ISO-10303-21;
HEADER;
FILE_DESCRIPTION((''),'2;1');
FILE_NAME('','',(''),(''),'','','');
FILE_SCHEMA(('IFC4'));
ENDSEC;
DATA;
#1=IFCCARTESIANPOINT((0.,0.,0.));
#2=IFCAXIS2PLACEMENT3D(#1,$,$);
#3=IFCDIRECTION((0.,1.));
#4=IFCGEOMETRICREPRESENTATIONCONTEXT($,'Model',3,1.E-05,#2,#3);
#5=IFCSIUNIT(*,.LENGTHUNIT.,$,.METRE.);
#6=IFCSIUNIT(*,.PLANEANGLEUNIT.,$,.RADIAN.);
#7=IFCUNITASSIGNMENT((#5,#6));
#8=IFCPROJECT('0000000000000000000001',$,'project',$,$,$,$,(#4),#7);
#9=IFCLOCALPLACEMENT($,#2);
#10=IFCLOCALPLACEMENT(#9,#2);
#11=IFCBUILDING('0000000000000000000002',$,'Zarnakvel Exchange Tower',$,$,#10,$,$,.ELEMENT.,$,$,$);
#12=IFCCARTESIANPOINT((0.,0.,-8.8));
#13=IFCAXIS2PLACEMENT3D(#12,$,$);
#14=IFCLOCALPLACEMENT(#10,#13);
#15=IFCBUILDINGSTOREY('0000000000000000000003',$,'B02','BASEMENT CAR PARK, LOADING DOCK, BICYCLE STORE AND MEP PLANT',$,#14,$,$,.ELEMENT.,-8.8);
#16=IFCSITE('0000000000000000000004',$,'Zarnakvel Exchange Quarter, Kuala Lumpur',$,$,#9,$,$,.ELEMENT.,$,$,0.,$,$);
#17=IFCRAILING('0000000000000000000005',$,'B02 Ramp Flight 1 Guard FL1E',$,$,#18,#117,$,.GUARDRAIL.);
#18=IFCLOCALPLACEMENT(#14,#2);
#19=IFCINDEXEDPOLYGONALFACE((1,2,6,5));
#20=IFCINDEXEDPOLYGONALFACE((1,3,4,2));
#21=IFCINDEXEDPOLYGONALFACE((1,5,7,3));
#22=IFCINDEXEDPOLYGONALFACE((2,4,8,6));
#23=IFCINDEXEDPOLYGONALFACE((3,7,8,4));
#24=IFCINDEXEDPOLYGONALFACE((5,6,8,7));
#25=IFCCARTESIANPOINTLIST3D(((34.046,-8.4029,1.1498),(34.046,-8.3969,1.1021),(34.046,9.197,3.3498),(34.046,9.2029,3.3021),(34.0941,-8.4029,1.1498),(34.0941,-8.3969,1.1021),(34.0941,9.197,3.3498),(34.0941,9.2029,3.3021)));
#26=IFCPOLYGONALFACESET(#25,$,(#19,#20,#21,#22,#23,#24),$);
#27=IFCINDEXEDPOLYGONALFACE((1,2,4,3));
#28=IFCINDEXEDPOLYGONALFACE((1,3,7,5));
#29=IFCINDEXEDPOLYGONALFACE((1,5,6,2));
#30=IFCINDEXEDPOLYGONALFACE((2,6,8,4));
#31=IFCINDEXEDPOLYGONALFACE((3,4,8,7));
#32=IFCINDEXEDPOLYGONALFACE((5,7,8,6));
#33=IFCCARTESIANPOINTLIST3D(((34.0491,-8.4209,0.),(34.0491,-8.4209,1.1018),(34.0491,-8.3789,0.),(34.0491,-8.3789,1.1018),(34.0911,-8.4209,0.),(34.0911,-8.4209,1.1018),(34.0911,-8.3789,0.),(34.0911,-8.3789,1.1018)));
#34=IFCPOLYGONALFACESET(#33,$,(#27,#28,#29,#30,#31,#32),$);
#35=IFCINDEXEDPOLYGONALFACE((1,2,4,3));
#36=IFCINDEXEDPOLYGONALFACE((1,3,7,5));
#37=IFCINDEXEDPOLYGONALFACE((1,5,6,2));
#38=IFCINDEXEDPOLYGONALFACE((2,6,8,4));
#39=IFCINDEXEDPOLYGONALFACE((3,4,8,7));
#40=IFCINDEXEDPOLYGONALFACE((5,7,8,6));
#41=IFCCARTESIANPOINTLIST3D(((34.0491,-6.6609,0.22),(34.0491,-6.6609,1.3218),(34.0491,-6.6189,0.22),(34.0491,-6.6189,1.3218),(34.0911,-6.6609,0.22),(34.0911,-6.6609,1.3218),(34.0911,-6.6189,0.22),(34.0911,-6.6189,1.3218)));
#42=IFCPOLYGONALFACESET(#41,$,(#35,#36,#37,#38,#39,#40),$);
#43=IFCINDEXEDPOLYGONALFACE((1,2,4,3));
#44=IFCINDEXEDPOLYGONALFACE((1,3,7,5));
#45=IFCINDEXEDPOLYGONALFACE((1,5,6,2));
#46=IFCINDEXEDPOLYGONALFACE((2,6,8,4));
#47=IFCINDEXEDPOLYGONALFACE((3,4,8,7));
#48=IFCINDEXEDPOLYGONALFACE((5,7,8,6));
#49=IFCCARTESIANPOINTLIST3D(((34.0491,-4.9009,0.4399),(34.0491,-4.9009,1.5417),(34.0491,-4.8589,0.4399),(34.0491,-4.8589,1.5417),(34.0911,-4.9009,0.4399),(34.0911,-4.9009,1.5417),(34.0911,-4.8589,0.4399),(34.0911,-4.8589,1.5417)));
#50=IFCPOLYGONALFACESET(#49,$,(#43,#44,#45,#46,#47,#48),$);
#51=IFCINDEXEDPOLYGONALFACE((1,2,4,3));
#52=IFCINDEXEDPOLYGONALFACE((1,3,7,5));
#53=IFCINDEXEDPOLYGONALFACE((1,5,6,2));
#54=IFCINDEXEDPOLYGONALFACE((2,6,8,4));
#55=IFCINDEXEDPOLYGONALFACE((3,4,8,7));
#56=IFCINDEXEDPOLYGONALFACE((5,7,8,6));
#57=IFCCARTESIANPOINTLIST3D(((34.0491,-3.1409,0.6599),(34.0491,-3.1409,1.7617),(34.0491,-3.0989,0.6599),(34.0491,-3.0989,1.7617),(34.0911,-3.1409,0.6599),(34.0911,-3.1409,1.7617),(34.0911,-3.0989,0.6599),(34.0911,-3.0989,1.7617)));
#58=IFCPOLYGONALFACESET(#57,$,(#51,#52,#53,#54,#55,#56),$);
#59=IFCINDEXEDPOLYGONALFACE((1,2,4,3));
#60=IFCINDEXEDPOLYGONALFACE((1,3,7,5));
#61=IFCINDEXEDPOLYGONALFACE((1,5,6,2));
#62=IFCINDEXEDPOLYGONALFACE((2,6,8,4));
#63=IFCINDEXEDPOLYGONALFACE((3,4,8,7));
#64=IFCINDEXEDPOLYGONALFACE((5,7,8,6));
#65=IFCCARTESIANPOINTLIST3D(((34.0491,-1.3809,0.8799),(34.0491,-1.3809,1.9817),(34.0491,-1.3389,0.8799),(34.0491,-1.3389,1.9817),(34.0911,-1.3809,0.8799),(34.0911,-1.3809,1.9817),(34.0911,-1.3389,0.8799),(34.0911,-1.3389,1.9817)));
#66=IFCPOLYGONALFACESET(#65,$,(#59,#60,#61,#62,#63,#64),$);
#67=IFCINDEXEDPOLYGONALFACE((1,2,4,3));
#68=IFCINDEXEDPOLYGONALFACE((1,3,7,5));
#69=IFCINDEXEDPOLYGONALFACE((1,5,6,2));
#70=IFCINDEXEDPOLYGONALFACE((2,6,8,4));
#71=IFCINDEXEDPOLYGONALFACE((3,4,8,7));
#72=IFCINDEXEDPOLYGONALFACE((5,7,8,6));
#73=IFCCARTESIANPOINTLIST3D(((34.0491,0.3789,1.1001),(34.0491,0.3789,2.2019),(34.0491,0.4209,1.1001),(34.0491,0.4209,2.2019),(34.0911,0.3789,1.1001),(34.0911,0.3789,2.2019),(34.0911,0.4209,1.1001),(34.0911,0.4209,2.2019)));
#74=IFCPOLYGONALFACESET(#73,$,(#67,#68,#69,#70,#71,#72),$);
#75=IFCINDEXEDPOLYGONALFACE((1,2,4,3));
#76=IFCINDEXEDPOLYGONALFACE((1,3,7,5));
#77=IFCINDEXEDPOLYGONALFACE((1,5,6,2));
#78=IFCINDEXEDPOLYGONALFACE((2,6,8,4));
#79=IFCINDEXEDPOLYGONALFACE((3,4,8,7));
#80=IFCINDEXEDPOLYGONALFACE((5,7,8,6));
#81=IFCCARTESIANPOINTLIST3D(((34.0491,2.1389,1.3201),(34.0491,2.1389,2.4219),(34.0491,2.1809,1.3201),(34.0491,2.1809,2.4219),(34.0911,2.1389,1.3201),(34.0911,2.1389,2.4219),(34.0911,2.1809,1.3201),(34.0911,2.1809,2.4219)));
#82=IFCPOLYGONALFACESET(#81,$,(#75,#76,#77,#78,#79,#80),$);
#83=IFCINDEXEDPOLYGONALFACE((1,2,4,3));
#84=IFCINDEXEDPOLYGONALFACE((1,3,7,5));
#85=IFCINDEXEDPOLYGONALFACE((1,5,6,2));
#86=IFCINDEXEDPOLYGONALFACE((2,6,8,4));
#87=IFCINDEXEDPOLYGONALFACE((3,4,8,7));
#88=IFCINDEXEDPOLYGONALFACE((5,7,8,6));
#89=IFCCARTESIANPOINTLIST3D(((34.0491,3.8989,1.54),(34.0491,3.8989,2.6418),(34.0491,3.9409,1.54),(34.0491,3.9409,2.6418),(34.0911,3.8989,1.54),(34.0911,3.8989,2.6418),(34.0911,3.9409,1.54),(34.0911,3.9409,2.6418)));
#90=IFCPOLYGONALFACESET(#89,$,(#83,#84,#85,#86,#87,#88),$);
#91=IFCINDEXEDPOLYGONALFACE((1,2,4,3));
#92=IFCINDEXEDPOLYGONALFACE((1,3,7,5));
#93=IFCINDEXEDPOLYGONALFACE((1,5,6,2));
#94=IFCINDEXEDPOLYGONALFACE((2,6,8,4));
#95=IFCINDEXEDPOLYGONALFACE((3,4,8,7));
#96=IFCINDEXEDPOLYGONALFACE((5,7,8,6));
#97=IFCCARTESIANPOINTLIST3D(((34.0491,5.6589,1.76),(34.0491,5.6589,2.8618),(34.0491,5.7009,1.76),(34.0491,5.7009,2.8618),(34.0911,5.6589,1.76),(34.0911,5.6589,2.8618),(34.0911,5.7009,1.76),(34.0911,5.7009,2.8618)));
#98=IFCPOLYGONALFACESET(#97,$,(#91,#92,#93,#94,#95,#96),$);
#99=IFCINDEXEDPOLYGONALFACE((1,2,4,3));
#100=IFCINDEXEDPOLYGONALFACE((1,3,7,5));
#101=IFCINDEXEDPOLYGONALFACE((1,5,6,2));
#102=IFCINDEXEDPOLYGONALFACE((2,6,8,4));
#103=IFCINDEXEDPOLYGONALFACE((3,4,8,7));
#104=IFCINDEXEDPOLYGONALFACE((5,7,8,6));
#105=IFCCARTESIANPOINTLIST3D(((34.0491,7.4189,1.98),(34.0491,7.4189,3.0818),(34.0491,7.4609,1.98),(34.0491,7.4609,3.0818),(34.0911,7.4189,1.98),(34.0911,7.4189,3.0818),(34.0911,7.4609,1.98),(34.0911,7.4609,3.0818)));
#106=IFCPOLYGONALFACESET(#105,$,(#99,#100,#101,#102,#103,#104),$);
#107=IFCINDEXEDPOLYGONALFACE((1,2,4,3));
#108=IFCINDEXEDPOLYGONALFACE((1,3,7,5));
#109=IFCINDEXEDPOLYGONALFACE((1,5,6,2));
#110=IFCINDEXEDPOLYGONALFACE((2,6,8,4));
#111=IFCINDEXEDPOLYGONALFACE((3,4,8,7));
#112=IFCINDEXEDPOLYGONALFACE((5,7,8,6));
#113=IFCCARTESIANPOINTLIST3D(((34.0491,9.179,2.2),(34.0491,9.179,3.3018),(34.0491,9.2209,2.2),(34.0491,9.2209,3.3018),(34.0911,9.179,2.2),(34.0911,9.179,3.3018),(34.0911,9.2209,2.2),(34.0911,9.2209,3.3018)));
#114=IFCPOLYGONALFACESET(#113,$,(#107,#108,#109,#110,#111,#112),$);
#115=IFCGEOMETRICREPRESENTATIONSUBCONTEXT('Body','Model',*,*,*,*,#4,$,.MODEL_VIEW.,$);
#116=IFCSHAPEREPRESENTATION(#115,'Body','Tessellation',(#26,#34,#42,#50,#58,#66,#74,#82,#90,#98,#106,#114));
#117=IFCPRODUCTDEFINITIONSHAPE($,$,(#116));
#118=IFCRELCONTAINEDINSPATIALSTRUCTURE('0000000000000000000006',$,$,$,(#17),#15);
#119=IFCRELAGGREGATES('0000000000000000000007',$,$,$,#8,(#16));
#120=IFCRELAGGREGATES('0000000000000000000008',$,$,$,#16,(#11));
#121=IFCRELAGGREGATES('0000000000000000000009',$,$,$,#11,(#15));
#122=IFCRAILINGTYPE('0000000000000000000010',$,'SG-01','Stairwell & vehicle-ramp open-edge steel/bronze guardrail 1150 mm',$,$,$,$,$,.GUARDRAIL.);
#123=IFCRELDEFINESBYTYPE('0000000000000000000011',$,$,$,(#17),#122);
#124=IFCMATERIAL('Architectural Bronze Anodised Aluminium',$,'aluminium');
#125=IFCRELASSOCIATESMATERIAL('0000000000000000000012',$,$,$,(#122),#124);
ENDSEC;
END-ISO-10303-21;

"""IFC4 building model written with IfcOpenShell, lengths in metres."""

from ifc_helpers import new_model, si_unit, direction, frame, origin, origin_2d, place, context, subcontext, project, spatial, rectangle, extrude, material, type_object, element, save


model = new_model("IFC4")

# Units and contexts
model_context = context("Model", 3, precision=1e-05, world=origin(), true_north=direction((0.0, 1.0)))
body_context = subcontext(model_context, "Body", "Model", "MODEL_VIEW")
ifc_project = project(units=[si_unit("LENGTHUNIT", "METRE"), si_unit("PLANEANGLEUNIT", "RADIAN")], contexts=[model_context])

# Site, building, storey
site_placement = place(None, origin())
site = spatial("IfcSite", under=ifc_project, at=site_placement, Name="Zarnakvel Exchange Quarter, Kuala Lumpur", CompositionType="ELEMENT", RefElevation=0.0)
building_placement = place(site_placement, origin())
building = spatial("IfcBuilding", under=site, at=building_placement, Name="Zarnakvel Exchange Tower", CompositionType="ELEMENT")
storey_placement = place(building_placement, frame((0.0, 0.0, -8.8)))
storey = spatial("IfcBuildingStorey", under=building, at=storey_placement, Name="B02", Description="BASEMENT CAR PARK, LOADING DOCK, BICYCLE STORE AND MEP PLANT", CompositionType="ELEMENT", Elevation=-8.8)

# Railing
ifc_material_1 = material(Name="Architectural Bronze Anodised Aluminium", Category="aluminium")
railing_type = type_object("IfcRailingType", Name="SG-01", Description="Stairwell & vehicle-ramp open-edge steel/bronze guardrail 1150 mm", PredefinedType="GUARDRAIL", material=ifc_material_1)
railing_1_placement = place(storey_placement, frame((34.0701, -8.3999, 0.0)))
element("IfcRailing", 1, at=railing_1_placement, inside=storey, type_object=railing_type, Name="B02 Ramp Flight 1 Guard FL1E", PredefinedType="GUARDRAIL", context=body_context, shape_type="SweptSolid", body=[
    extrude(rectangle(XDim=0.0481, YDim=0.0481, at=origin_2d()), frame((0.0, 0.0, 1.126), z_axis=(0.0, 0.992278, 0.124033), x_axis=(-1.0, 0.0, 0.0)), (0.0, 0.0, 1.0), 17.7368),
    extrude(rectangle(XDim=0.042, YDim=0.042, at=origin_2d()), origin(), (0.0, 0.0, 1.0), 1.1018),
    extrude(rectangle(XDim=0.042, YDim=0.042, at=origin_2d()), frame((0.0, 1.76, 0.22)), (0.0, 0.0, 1.0), 1.1018),
    extrude(rectangle(XDim=0.042, YDim=0.042, at=origin_2d()), frame((0.0, 3.52, 0.4399)), (0.0, 0.0, 1.0), 1.1018),
    extrude(rectangle(XDim=0.042, YDim=0.042, at=origin_2d()), frame((0.0, 5.28, 0.6599)), (0.0, 0.0, 1.0), 1.1018),
    extrude(rectangle(XDim=0.042, YDim=0.042, at=origin_2d()), frame((0.0, 7.04, 0.8799)), (0.0, 0.0, 1.0), 1.1018),
    extrude(rectangle(XDim=0.042, YDim=0.042, at=origin_2d()), frame((0.0, 8.7998, 1.1001)), (0.0, 0.0, 1.0), 1.1018),
    extrude(rectangle(XDim=0.042, YDim=0.042, at=origin_2d()), frame((0.0, 10.5598, 1.3201)), (0.0, 0.0, 1.0), 1.1018),
    extrude(rectangle(XDim=0.042, YDim=0.042, at=origin_2d()), frame((0.0, 12.3198, 1.54)), (0.0, 0.0, 1.0), 1.1018),
    extrude(rectangle(XDim=0.042, YDim=0.042, at=origin_2d()), frame((0.0, 14.0798, 1.76)), (0.0, 0.0, 1.0), 1.1018),
    extrude(rectangle(XDim=0.042, YDim=0.042, at=origin_2d()), frame((0.0, 15.8398, 1.98)), (0.0, 0.0, 1.0), 1.1018),
    extrude(rectangle(XDim=0.042, YDim=0.042, at=origin_2d()), frame((0.0, 17.5999, 2.2)), (0.0, 0.0, 1.0), 1.1018),
])

save(model, "model.ifc")
